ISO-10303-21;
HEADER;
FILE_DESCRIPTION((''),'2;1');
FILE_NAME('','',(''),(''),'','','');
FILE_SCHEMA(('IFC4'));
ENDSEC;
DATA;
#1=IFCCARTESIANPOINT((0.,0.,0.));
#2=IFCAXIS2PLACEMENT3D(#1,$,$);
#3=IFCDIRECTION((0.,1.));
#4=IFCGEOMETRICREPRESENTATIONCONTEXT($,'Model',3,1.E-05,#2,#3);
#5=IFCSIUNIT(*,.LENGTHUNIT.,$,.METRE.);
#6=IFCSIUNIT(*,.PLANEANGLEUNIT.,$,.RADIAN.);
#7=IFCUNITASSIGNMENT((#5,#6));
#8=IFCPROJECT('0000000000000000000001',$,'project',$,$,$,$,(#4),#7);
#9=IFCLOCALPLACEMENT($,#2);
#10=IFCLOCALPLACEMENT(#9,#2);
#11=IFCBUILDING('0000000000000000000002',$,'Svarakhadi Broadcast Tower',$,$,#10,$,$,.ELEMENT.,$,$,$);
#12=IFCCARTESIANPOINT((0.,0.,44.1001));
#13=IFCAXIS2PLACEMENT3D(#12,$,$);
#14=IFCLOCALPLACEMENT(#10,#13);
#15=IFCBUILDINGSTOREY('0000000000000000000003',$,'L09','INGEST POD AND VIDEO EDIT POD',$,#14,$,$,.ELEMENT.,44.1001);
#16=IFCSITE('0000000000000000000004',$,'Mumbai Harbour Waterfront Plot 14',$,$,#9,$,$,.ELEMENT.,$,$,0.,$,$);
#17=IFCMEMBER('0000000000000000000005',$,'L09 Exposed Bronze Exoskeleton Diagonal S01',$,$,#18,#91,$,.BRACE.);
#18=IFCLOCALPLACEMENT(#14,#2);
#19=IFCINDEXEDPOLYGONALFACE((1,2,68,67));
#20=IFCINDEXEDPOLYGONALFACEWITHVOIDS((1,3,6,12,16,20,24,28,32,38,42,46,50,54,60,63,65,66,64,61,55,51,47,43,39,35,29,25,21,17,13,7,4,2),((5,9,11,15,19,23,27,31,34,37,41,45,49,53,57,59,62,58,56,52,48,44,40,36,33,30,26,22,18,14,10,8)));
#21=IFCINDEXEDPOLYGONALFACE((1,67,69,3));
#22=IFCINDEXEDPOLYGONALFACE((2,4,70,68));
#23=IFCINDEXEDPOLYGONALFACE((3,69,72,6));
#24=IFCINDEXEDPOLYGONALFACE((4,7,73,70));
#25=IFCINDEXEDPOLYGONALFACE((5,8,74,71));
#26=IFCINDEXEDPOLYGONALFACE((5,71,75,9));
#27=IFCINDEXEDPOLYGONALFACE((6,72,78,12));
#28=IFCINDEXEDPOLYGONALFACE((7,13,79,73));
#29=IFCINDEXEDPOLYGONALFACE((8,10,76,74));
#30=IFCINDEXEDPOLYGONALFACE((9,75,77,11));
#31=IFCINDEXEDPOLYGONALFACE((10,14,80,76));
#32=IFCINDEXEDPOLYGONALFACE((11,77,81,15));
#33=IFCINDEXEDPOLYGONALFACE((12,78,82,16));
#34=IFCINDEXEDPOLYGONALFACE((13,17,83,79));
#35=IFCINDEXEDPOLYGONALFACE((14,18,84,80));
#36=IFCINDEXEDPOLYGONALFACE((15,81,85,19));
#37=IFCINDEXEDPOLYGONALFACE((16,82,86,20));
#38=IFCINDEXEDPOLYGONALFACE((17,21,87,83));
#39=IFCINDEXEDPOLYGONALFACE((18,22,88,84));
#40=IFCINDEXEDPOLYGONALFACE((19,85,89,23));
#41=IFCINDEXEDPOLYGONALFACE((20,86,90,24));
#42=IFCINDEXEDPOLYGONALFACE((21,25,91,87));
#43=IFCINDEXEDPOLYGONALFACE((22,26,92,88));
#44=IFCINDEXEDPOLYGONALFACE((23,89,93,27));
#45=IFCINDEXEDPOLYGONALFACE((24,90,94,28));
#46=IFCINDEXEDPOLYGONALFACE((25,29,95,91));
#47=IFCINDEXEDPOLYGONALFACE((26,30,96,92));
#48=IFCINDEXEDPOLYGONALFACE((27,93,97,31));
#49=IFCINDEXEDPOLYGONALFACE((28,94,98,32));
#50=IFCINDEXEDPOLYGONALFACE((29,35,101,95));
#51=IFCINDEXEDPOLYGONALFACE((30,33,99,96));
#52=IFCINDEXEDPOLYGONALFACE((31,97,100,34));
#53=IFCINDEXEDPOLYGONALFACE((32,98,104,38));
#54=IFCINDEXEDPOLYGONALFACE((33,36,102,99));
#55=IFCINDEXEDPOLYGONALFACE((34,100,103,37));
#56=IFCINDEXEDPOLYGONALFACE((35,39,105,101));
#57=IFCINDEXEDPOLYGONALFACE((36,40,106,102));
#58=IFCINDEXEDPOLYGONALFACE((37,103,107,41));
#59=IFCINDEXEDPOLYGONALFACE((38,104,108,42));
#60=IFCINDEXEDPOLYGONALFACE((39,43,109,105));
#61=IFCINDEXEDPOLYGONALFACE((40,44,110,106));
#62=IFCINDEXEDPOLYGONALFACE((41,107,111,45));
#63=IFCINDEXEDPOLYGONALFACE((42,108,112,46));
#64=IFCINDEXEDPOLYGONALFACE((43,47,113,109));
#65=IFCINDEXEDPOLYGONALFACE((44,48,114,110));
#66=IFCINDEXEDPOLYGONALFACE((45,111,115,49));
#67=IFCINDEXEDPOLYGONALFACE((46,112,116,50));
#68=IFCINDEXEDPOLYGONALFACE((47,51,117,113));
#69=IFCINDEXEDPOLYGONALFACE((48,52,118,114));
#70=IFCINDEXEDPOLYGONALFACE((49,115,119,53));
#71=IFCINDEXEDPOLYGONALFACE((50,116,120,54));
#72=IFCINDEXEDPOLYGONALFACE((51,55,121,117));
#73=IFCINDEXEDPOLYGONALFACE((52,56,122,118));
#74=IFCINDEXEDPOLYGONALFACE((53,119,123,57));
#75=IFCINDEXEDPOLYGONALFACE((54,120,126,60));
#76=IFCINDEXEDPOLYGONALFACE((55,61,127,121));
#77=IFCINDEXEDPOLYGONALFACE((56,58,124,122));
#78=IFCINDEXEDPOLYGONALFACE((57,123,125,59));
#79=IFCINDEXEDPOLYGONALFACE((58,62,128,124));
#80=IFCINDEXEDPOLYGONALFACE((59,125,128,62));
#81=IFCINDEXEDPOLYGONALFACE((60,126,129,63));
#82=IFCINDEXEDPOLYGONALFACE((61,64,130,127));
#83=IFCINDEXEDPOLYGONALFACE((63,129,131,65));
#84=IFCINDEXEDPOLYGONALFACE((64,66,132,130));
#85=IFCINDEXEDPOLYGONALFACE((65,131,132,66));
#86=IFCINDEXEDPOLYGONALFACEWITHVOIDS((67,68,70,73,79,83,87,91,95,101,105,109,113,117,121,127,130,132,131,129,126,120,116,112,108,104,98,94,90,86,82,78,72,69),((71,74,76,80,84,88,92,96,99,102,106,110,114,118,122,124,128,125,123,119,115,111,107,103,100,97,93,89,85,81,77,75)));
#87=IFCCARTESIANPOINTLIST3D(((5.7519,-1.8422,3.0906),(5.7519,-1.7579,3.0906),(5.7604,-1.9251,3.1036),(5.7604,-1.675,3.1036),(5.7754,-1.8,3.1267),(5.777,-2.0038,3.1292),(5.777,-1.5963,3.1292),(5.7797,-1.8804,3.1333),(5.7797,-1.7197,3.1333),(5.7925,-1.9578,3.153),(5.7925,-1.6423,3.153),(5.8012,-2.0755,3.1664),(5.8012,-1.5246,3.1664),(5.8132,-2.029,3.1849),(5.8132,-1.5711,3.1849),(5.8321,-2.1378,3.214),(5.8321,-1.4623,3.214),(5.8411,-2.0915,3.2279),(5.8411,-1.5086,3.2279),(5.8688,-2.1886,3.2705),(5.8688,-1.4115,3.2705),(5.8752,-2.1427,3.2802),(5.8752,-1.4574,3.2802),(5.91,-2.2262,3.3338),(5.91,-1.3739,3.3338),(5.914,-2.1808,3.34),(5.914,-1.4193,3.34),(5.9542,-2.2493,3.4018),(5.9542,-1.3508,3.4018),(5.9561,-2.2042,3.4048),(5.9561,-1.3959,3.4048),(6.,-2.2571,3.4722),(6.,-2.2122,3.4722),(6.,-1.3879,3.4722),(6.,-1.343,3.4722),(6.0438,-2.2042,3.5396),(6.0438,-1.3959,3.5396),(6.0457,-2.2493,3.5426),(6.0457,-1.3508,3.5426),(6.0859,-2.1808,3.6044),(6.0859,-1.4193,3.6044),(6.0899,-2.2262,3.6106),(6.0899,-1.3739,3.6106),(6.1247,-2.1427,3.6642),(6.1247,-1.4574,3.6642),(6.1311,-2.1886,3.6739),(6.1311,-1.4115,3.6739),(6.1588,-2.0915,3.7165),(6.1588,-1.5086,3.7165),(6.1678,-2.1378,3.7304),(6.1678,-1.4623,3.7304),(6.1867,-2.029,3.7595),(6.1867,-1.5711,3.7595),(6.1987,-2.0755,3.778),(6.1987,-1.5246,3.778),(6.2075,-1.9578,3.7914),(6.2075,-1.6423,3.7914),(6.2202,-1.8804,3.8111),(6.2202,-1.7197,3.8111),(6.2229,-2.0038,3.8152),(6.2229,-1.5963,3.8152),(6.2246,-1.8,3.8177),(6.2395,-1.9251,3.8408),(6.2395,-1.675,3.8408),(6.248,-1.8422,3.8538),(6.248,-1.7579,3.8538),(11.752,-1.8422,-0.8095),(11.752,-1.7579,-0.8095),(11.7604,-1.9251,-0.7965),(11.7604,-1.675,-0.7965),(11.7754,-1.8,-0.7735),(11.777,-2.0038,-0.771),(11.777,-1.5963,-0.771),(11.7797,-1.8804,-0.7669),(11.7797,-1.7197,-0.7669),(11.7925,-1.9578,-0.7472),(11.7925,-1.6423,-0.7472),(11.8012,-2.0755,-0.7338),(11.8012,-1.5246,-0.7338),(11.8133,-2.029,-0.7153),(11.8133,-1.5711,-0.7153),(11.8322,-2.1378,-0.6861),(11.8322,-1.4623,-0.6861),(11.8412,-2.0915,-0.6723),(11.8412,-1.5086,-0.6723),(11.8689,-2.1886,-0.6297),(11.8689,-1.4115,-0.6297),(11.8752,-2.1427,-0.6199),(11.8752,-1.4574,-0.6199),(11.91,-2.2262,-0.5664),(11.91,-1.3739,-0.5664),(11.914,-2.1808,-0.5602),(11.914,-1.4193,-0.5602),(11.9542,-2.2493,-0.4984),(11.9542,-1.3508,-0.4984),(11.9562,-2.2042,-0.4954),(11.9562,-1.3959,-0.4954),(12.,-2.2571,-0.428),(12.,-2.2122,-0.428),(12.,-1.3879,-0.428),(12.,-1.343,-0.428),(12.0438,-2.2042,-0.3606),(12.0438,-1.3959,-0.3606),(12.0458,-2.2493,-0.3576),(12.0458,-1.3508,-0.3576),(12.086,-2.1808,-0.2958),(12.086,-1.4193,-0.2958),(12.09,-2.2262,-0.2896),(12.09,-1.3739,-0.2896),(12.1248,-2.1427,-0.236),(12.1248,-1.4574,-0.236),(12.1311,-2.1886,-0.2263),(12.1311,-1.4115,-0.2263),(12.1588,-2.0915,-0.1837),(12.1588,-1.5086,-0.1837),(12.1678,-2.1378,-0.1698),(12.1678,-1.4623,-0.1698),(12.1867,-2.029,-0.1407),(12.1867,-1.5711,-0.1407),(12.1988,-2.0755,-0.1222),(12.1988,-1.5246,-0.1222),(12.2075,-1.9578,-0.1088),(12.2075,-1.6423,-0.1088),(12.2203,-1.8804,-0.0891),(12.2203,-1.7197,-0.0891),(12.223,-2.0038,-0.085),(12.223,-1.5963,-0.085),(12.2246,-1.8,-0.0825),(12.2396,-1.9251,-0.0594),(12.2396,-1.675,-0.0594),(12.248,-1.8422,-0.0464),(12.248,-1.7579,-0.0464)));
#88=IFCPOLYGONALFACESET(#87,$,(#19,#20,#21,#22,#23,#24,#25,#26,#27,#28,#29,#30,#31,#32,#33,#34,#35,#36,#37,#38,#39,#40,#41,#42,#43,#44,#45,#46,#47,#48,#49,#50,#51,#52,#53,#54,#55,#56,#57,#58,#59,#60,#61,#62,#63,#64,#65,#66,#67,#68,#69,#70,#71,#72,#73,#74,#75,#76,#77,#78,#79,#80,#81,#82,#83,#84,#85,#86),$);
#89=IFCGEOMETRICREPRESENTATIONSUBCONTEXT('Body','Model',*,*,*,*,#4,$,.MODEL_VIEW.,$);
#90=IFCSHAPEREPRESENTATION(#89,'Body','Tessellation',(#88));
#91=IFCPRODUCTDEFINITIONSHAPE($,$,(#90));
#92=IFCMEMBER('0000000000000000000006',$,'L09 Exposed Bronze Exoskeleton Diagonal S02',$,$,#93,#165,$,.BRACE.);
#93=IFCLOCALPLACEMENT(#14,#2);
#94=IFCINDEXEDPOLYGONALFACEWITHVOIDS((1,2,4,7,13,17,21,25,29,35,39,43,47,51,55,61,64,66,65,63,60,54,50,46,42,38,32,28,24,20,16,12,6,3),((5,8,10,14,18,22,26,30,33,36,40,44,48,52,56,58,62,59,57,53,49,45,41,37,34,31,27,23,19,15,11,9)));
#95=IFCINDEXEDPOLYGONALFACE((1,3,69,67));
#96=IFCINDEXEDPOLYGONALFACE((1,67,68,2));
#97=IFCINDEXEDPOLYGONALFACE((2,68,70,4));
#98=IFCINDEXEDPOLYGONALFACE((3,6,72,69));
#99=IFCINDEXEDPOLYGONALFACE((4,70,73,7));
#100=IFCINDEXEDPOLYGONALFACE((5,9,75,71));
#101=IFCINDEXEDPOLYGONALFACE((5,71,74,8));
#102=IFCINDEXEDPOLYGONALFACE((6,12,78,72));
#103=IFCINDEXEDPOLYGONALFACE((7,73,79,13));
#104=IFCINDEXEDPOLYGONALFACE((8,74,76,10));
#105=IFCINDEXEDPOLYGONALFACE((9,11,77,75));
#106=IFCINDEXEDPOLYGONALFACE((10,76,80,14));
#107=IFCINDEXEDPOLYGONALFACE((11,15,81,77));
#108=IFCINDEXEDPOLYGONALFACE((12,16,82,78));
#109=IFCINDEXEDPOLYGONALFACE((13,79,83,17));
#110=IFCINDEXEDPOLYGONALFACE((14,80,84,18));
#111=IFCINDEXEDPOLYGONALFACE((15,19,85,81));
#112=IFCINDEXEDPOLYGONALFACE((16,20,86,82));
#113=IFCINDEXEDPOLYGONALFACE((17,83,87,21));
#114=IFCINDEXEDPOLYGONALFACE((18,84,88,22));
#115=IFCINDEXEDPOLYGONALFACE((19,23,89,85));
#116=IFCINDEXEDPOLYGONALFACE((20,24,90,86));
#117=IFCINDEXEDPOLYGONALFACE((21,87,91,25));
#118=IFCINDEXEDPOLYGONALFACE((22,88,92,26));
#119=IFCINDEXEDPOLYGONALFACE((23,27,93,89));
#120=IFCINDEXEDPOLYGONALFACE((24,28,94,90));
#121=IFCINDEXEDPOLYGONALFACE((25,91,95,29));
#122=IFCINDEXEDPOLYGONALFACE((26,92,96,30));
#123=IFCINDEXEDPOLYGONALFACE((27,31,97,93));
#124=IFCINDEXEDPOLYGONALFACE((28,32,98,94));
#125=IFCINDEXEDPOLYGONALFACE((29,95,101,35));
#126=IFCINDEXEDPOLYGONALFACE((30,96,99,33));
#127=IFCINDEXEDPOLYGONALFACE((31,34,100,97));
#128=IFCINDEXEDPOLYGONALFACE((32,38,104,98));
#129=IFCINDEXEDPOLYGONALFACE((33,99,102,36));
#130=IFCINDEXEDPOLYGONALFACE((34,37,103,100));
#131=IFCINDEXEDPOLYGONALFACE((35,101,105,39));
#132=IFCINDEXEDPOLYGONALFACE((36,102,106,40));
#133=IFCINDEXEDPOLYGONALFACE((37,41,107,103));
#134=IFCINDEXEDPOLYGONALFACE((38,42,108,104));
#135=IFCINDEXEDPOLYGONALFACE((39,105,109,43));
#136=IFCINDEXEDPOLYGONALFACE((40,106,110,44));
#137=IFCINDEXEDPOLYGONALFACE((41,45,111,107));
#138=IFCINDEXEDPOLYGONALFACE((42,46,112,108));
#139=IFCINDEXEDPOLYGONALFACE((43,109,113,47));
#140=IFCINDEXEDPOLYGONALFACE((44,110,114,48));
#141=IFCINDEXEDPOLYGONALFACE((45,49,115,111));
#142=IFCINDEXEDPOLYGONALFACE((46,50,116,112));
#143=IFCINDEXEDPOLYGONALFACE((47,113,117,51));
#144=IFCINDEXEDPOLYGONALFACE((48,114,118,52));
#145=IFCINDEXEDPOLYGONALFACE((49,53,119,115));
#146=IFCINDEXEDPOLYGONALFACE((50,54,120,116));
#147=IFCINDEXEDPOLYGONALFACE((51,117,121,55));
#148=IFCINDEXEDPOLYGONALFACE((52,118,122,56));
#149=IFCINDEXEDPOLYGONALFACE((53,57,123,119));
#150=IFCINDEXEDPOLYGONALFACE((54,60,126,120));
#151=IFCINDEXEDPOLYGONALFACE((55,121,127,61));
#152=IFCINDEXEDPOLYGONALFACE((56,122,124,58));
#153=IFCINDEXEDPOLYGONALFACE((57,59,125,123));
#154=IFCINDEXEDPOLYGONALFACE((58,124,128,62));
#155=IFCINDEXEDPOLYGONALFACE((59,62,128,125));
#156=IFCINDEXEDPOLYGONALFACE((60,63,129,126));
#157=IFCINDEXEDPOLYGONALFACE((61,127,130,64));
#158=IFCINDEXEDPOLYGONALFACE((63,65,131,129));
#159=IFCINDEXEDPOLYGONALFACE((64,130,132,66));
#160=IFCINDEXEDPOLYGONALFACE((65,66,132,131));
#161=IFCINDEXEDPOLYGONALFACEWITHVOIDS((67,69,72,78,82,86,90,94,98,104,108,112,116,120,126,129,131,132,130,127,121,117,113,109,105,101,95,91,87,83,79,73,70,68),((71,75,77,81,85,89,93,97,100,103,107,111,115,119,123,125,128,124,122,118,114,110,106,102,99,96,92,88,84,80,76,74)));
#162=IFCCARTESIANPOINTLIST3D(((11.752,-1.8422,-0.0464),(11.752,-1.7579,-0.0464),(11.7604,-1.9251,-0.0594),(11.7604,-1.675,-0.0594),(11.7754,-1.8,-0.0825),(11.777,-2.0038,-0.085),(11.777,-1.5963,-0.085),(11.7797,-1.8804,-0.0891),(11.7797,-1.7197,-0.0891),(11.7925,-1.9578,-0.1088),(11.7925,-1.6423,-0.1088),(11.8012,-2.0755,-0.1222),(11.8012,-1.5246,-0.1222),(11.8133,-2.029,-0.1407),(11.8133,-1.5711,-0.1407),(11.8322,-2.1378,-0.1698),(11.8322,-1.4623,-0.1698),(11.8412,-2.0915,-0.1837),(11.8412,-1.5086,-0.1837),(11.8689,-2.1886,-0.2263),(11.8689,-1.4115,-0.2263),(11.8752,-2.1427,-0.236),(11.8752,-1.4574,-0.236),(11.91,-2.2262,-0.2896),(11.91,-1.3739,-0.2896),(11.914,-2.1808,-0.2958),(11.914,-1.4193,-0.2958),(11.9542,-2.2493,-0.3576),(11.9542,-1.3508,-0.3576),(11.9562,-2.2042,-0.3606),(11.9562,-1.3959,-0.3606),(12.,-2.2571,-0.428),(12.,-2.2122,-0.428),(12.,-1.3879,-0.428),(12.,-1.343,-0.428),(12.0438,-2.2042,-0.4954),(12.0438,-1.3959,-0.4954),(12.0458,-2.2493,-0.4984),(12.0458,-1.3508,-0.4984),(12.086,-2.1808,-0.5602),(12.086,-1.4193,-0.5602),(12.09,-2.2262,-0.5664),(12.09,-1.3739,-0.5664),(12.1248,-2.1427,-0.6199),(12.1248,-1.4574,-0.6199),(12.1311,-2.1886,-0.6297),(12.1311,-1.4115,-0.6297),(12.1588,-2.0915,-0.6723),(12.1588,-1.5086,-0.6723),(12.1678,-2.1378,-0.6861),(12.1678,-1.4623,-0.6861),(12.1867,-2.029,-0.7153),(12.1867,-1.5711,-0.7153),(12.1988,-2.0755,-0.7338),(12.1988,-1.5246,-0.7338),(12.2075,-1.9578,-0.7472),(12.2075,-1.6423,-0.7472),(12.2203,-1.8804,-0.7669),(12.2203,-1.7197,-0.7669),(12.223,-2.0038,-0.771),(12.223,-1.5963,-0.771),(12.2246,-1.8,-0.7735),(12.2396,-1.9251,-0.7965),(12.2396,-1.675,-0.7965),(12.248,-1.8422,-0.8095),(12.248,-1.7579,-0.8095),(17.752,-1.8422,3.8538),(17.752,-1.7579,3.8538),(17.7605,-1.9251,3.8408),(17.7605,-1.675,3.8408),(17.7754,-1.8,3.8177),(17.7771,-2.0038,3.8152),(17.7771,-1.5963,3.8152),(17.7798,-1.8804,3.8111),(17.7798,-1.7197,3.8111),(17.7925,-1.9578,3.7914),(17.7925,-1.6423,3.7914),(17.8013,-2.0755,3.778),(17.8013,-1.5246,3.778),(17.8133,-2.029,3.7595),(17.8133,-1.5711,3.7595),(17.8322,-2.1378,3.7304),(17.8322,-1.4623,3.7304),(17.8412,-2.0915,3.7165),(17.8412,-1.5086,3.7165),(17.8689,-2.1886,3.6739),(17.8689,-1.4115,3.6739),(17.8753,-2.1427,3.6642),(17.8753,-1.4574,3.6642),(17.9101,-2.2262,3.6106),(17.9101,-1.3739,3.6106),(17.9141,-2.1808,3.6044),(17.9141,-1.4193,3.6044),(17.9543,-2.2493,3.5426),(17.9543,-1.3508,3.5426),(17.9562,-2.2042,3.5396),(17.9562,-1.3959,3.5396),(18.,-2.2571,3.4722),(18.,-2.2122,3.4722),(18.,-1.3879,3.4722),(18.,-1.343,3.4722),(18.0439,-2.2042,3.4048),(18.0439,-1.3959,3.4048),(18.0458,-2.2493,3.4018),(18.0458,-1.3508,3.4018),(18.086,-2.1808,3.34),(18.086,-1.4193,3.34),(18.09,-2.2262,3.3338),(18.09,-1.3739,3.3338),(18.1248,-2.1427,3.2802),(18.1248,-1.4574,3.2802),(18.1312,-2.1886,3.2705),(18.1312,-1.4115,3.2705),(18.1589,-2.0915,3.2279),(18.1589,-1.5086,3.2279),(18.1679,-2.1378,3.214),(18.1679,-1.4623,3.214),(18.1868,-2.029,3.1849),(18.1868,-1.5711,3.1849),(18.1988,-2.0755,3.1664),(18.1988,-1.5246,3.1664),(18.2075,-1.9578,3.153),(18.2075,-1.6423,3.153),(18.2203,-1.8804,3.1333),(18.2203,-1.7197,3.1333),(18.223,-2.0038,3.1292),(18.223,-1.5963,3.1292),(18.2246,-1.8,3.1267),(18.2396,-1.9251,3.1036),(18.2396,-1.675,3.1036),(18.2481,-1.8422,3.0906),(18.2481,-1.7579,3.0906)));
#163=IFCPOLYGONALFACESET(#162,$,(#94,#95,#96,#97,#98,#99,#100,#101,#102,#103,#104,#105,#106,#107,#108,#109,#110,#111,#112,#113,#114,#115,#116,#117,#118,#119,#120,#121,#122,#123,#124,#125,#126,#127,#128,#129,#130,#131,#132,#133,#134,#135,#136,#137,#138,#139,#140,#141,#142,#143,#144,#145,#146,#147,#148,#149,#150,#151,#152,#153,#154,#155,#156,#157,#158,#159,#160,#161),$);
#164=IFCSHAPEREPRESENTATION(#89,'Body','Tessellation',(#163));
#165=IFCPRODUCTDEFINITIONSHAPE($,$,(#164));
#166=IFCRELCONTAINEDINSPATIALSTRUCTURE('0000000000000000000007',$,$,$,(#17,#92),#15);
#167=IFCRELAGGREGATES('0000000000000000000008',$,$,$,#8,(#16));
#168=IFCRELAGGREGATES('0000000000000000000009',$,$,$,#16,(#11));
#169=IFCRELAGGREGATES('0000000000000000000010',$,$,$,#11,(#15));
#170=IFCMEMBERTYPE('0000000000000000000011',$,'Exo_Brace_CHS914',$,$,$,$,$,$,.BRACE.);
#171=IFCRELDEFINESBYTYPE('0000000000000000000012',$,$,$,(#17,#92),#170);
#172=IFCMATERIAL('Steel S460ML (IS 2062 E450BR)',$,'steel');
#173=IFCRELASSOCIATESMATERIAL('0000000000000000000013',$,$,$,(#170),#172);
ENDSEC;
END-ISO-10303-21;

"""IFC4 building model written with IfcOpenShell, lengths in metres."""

from ifc_helpers import new_model, si_unit, direction, frame, origin, origin_2d, place, context, subcontext, project, spatial, hollow_circle, extrude, material, material_profile, profile_set, type_object, element, save


model = new_model("IFC4")

# Units and contexts
model_context = context("Model", 3, precision=1e-05, world=origin(), true_north=direction((0.0, 1.0)))
body_context = subcontext(model_context, "Body", "Model", "MODEL_VIEW")
ifc_project = project(units=[si_unit("LENGTHUNIT", "METRE"), si_unit("PLANEANGLEUNIT", "RADIAN")], contexts=[model_context])

# Site, building, storey
site_placement = place(None, origin())
site = spatial("IfcSite", under=ifc_project, at=site_placement, Name="Mumbai Harbour Waterfront Plot 14", CompositionType="ELEMENT", RefElevation=0.0)
building_placement = place(site_placement, origin())
building = spatial("IfcBuilding", under=site, at=building_placement, Name="Svarakhadi Broadcast Tower", CompositionType="ELEMENT")
storey_placement = place(building_placement, frame((0.0, 0.0, 44.1001)))
storey = spatial("IfcBuildingStorey", under=building, at=storey_placement, Name="L09", Description="INGEST POD AND VIDEO EDIT POD", CompositionType="ELEMENT", Elevation=44.1001)

# Shared definitions
ifc_material_1 = material(Name="Steel S460ML (IS 2062 E450BR)", Category="steel")

# Members
ifc_material_profile_1 = material_profile(ifc_material_1, hollow_circle(Radius=0.457, WallThickness=0.0449, at=origin_2d()), Name="CHS 914x45")
ifc_profile_set_1 = profile_set([ifc_material_profile_1], Name="Steel S460ML (IS 2062 E450BR)")
member_type_1 = type_object("IfcMemberType", Name="Exo_Brace_CHS914", PredefinedType="BRACE", material=ifc_profile_set_1)
for number, where, z_axis, x_axis, name in (
    (1, (12.0, -1.8, -0.428), (-0.838434, 0.0, 0.545003), (0.0, -1.0, 0.0), "L09 Exposed Bronze Exoskeleton Diagonal S01"),
    (2, (12.0, -1.8, -0.428), (0.838434, 0.0, 0.545003), (0.0, 1.0, 0.0), "L09 Exposed Bronze Exoskeleton Diagonal S02"),
):
    element("IfcMember", number, at=place(storey_placement, frame(where, z_axis=z_axis, x_axis=x_axis)), inside=storey, type_object=member_type_1, Name=name, PredefinedType="BRACE", context=body_context, shape_type="SweptSolid", body=[
        extrude(hollow_circle(Radius=0.457, WallThickness=0.0449, at=origin_2d()), origin(), (0.0, 0.0, 1.0), 7.1562),
    ])

save(model, "model.ifc")
